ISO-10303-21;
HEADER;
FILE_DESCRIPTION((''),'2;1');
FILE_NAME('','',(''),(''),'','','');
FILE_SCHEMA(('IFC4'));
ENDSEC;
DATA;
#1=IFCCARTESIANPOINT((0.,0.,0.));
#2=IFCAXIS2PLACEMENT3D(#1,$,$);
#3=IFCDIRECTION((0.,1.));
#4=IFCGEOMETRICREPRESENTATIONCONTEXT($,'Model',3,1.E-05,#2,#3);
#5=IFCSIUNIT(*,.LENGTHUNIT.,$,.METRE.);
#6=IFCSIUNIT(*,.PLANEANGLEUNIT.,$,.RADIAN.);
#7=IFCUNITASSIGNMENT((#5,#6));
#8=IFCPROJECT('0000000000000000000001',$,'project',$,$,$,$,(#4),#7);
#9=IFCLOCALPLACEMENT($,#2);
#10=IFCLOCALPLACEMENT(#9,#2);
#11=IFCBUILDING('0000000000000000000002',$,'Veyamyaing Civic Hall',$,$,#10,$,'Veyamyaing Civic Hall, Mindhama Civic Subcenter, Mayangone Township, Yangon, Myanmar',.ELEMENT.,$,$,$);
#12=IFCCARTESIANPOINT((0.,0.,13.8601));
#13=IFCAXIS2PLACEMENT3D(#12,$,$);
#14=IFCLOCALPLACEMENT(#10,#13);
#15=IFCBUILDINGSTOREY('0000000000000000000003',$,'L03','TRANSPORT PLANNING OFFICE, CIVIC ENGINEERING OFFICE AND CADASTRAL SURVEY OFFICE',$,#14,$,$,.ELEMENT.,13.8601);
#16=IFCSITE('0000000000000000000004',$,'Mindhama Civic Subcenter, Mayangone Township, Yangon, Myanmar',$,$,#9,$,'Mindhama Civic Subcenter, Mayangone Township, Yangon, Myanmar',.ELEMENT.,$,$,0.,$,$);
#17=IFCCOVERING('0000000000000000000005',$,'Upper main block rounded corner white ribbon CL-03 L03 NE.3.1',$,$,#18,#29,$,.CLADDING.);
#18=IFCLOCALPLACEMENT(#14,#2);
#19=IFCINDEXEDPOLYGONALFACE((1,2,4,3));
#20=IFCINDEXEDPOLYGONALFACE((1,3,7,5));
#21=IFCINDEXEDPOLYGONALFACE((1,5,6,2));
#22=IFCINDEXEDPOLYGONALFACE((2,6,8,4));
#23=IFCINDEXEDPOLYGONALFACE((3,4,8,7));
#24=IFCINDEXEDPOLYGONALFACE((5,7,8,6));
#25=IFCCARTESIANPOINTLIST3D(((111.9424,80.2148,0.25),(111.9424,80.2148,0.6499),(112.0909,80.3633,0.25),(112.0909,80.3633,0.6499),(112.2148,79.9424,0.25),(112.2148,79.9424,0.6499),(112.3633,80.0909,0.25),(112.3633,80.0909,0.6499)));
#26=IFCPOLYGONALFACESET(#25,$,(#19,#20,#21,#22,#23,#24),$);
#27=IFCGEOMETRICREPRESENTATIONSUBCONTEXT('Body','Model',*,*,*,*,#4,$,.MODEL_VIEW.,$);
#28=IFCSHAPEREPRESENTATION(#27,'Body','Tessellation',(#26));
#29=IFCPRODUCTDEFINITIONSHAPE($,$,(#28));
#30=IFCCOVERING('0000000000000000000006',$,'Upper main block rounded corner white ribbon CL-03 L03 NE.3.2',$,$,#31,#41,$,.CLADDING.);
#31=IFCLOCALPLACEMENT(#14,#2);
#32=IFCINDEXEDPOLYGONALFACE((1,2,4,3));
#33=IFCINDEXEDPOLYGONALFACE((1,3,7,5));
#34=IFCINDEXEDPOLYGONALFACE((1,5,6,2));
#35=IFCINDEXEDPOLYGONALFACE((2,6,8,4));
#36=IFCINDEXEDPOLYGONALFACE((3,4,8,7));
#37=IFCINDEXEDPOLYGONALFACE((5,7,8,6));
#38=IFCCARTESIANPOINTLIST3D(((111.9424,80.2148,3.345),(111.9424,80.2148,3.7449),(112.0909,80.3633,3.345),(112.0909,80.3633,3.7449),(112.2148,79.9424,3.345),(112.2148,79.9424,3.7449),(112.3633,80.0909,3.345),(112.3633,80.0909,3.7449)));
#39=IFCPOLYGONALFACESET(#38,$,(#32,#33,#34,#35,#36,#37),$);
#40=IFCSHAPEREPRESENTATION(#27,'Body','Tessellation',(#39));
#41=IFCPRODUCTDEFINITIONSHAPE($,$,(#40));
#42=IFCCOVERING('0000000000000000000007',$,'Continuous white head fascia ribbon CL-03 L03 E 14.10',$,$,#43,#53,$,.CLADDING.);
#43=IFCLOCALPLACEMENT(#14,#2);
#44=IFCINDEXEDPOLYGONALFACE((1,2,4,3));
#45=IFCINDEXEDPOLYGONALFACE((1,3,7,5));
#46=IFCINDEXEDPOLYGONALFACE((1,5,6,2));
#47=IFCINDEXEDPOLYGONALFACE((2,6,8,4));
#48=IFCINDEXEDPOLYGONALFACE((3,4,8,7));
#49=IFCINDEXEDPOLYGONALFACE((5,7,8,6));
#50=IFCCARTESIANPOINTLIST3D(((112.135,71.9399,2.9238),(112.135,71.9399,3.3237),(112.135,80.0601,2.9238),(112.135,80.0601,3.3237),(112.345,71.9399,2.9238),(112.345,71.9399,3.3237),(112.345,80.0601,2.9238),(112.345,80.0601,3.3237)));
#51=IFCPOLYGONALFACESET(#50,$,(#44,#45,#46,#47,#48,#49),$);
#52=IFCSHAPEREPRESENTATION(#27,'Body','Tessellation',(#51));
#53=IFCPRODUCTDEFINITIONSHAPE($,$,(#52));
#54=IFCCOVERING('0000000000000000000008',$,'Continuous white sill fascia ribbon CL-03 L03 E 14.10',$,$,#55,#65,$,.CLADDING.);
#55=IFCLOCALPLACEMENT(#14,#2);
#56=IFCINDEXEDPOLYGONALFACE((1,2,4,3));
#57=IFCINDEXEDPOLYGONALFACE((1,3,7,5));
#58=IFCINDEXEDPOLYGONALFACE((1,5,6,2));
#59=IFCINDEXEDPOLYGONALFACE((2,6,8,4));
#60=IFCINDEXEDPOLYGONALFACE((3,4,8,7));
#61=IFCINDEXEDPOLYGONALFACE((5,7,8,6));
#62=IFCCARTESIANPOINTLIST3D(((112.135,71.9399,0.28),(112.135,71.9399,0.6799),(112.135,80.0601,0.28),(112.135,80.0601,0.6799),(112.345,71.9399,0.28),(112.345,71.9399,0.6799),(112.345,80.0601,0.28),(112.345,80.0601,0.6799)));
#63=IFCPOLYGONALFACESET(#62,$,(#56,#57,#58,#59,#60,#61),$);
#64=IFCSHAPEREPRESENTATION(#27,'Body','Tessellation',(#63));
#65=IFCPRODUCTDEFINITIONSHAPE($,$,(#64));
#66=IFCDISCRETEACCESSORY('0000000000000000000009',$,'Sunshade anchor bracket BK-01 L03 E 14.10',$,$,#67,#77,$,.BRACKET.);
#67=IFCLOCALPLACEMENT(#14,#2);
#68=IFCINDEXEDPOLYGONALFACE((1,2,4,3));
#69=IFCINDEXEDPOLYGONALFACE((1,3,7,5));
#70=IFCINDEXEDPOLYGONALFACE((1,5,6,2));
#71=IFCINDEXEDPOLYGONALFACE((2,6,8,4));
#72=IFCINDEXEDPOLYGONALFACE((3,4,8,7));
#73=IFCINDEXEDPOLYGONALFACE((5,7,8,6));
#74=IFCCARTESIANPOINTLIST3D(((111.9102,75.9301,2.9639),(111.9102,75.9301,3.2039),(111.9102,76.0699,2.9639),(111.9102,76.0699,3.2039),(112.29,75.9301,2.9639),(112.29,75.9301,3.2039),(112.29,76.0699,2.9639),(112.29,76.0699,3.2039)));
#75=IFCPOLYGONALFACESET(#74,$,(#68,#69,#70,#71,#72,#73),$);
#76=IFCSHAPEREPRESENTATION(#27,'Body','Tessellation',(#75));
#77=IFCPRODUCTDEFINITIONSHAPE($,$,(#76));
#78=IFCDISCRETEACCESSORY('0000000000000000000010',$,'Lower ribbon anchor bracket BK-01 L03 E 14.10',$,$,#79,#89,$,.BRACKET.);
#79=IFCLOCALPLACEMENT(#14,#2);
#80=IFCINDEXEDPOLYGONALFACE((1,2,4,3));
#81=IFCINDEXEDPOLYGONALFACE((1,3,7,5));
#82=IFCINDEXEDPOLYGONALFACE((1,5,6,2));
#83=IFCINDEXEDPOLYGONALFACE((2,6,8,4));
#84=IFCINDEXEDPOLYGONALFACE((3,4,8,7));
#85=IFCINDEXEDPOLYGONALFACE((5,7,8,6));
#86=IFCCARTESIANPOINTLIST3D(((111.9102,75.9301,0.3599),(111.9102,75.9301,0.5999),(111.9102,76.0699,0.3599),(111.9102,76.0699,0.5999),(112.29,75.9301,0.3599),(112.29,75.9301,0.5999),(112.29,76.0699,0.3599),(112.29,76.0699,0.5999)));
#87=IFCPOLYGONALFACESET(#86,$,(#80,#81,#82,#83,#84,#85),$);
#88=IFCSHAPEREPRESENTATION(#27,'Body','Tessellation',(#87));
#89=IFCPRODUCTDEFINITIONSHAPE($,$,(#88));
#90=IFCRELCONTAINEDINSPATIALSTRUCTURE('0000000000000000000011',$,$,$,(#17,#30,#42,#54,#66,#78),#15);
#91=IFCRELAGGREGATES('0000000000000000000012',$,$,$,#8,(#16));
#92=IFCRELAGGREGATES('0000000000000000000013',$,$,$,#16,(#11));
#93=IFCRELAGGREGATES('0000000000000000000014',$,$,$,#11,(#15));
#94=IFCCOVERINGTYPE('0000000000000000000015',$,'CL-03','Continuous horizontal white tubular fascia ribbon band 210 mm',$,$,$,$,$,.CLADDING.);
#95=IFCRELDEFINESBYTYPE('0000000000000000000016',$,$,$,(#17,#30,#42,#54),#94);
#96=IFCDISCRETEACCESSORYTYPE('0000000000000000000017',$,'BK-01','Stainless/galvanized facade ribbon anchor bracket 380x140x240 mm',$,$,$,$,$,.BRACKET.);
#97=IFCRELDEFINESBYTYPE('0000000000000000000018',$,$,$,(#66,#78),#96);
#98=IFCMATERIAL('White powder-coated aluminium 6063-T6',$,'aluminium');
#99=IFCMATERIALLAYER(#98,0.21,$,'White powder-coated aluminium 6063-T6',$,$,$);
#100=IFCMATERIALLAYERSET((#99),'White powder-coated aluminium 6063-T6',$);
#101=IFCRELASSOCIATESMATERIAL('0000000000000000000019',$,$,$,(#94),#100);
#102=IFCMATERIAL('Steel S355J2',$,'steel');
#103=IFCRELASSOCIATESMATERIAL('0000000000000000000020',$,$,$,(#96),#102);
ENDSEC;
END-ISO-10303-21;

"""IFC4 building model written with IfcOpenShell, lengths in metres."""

from ifc_helpers import new_model, si_unit, direction, frame, origin, origin_2d, place, context, subcontext, project, spatial, rectangle, extrude, material, layer, layer_set, type_object, element, save


model = new_model("IFC4")

# Units and contexts
model_context = context("Model", 3, precision=1e-05, world=origin(), true_north=direction((0.0, 1.0)))
body_context = subcontext(model_context, "Body", "Model", "MODEL_VIEW")
ifc_project = project(units=[si_unit("LENGTHUNIT", "METRE"), si_unit("PLANEANGLEUNIT", "RADIAN")], contexts=[model_context])

# Site, building, storey
site_placement = place(None, origin())
site = spatial("IfcSite", under=ifc_project, at=site_placement, Name="Mindhama Civic Subcenter, Mayangone Township, Yangon, Myanmar", LongName="Mindhama Civic Subcenter, Mayangone Township, Yangon, Myanmar", CompositionType="ELEMENT", RefElevation=0.0)
building_placement = place(site_placement, origin())
building = spatial("IfcBuilding", under=site, at=building_placement, Name="Veyamyaing Civic Hall", LongName="Veyamyaing Civic Hall, Mindhama Civic Subcenter, Mayangone Township, Yangon, Myanmar", CompositionType="ELEMENT")
storey_placement = place(building_placement, frame((0.0, 0.0, 13.8601)))
storey = spatial("IfcBuildingStorey", under=building, at=storey_placement, Name="L03", Description="TRANSPORT PLANNING OFFICE, CIVIC ENGINEERING OFFICE AND CADASTRAL SURVEY OFFICE", CompositionType="ELEMENT", Elevation=13.8601)

# Coverings
ifc_material_1 = material(Name="White powder-coated aluminium 6063-T6", Category="aluminium")
ifc_layer_1 = layer(ifc_material_1, 0.21, Name="White powder-coated aluminium 6063-T6")
ifc_layer_set_1 = layer_set([ifc_layer_1], Name="White powder-coated aluminium 6063-T6")
covering_type = type_object("IfcCoveringType", Name="CL-03", Description="Continuous horizontal white tubular fascia ribbon band 210 mm", PredefinedType="CLADDING", material=ifc_layer_set_1)
for number, where, z_axis, x_axis, name in (
    (1, (112.1528, 80.1528, 0.25), (0.0, 0.0, 1.0), (-0.707107, 0.707107, 0.0), "Upper main block rounded corner white ribbon CL-03 L03 NE.3.1"),
    (2, (112.1528, 80.1528, 3.345), (0.0, 0.0, 1.0), (-0.707107, 0.707107, 0.0), "Upper main block rounded corner white ribbon CL-03 L03 NE.3.2"),
):
    element("IfcCovering", number, at=place(storey_placement, frame(where, z_axis=z_axis, x_axis=x_axis)), inside=storey, type_object=covering_type, Name=name, PredefinedType="CLADDING", context=body_context, shape_type="SweptSolid", body=[
        extrude(rectangle(XDim=0.3853, YDim=0.21, at=origin_2d()), origin(), (0.0, 0.0, 1.0), 0.3999),
    ])
for number, where, z_axis, x_axis, name in (
    (3, (112.24, 76.0, 2.9238), (0.0, 0.0, 1.0), (0.0, 1.0, 0.0), "Continuous white head fascia ribbon CL-03 L03 E 14.10"),
    (4, (112.24, 76.0, 0.28), (0.0, 0.0, 1.0), (0.0, 1.0, 0.0), "Continuous white sill fascia ribbon CL-03 L03 E 14.10"),
):
    element("IfcCovering", number, at=place(storey_placement, frame(where, z_axis=z_axis, x_axis=x_axis)), inside=storey, type_object=covering_type, Name=name, PredefinedType="CLADDING", context=body_context, shape_type="SweptSolid", body=[
        extrude(rectangle(XDim=8.1201, YDim=0.21, at=origin_2d()), origin(), (0.0, 0.0, 1.0), 0.3999),
    ])

# Discrete accessories
ifc_material_2 = material(Name="Steel S355J2", Category="steel")
discrete_accessory_type = type_object("IfcDiscreteAccessoryType", Name="BK-01", Description="Stainless/galvanized facade ribbon anchor bracket 380x140x240 mm", PredefinedType="BRACKET", material=ifc_material_2)
for number, where, z_axis, x_axis, name in (
    (5, (112.1001, 76.0, 2.9639), (0.0, 0.0, 1.0), (1.0, 0.0, 0.0), "Sunshade anchor bracket BK-01 L03 E 14.10"),
    (6, (112.1001, 76.0, 0.3599), (0.0, 0.0, 1.0), (1.0, 0.0, 0.0), "Lower ribbon anchor bracket BK-01 L03 E 14.10"),
):
    element("IfcDiscreteAccessory", number, at=place(storey_placement, frame(where, z_axis=z_axis, x_axis=x_axis)), inside=storey, type_object=discrete_accessory_type, Name=name, PredefinedType="BRACKET", context=body_context, shape_type="SweptSolid", body=[
        extrude(rectangle(XDim=0.3799, YDim=0.1399, at=origin_2d()), origin(), (0.0, 0.0, 1.0), 0.24),
    ])

save(model, "model.ifc")
